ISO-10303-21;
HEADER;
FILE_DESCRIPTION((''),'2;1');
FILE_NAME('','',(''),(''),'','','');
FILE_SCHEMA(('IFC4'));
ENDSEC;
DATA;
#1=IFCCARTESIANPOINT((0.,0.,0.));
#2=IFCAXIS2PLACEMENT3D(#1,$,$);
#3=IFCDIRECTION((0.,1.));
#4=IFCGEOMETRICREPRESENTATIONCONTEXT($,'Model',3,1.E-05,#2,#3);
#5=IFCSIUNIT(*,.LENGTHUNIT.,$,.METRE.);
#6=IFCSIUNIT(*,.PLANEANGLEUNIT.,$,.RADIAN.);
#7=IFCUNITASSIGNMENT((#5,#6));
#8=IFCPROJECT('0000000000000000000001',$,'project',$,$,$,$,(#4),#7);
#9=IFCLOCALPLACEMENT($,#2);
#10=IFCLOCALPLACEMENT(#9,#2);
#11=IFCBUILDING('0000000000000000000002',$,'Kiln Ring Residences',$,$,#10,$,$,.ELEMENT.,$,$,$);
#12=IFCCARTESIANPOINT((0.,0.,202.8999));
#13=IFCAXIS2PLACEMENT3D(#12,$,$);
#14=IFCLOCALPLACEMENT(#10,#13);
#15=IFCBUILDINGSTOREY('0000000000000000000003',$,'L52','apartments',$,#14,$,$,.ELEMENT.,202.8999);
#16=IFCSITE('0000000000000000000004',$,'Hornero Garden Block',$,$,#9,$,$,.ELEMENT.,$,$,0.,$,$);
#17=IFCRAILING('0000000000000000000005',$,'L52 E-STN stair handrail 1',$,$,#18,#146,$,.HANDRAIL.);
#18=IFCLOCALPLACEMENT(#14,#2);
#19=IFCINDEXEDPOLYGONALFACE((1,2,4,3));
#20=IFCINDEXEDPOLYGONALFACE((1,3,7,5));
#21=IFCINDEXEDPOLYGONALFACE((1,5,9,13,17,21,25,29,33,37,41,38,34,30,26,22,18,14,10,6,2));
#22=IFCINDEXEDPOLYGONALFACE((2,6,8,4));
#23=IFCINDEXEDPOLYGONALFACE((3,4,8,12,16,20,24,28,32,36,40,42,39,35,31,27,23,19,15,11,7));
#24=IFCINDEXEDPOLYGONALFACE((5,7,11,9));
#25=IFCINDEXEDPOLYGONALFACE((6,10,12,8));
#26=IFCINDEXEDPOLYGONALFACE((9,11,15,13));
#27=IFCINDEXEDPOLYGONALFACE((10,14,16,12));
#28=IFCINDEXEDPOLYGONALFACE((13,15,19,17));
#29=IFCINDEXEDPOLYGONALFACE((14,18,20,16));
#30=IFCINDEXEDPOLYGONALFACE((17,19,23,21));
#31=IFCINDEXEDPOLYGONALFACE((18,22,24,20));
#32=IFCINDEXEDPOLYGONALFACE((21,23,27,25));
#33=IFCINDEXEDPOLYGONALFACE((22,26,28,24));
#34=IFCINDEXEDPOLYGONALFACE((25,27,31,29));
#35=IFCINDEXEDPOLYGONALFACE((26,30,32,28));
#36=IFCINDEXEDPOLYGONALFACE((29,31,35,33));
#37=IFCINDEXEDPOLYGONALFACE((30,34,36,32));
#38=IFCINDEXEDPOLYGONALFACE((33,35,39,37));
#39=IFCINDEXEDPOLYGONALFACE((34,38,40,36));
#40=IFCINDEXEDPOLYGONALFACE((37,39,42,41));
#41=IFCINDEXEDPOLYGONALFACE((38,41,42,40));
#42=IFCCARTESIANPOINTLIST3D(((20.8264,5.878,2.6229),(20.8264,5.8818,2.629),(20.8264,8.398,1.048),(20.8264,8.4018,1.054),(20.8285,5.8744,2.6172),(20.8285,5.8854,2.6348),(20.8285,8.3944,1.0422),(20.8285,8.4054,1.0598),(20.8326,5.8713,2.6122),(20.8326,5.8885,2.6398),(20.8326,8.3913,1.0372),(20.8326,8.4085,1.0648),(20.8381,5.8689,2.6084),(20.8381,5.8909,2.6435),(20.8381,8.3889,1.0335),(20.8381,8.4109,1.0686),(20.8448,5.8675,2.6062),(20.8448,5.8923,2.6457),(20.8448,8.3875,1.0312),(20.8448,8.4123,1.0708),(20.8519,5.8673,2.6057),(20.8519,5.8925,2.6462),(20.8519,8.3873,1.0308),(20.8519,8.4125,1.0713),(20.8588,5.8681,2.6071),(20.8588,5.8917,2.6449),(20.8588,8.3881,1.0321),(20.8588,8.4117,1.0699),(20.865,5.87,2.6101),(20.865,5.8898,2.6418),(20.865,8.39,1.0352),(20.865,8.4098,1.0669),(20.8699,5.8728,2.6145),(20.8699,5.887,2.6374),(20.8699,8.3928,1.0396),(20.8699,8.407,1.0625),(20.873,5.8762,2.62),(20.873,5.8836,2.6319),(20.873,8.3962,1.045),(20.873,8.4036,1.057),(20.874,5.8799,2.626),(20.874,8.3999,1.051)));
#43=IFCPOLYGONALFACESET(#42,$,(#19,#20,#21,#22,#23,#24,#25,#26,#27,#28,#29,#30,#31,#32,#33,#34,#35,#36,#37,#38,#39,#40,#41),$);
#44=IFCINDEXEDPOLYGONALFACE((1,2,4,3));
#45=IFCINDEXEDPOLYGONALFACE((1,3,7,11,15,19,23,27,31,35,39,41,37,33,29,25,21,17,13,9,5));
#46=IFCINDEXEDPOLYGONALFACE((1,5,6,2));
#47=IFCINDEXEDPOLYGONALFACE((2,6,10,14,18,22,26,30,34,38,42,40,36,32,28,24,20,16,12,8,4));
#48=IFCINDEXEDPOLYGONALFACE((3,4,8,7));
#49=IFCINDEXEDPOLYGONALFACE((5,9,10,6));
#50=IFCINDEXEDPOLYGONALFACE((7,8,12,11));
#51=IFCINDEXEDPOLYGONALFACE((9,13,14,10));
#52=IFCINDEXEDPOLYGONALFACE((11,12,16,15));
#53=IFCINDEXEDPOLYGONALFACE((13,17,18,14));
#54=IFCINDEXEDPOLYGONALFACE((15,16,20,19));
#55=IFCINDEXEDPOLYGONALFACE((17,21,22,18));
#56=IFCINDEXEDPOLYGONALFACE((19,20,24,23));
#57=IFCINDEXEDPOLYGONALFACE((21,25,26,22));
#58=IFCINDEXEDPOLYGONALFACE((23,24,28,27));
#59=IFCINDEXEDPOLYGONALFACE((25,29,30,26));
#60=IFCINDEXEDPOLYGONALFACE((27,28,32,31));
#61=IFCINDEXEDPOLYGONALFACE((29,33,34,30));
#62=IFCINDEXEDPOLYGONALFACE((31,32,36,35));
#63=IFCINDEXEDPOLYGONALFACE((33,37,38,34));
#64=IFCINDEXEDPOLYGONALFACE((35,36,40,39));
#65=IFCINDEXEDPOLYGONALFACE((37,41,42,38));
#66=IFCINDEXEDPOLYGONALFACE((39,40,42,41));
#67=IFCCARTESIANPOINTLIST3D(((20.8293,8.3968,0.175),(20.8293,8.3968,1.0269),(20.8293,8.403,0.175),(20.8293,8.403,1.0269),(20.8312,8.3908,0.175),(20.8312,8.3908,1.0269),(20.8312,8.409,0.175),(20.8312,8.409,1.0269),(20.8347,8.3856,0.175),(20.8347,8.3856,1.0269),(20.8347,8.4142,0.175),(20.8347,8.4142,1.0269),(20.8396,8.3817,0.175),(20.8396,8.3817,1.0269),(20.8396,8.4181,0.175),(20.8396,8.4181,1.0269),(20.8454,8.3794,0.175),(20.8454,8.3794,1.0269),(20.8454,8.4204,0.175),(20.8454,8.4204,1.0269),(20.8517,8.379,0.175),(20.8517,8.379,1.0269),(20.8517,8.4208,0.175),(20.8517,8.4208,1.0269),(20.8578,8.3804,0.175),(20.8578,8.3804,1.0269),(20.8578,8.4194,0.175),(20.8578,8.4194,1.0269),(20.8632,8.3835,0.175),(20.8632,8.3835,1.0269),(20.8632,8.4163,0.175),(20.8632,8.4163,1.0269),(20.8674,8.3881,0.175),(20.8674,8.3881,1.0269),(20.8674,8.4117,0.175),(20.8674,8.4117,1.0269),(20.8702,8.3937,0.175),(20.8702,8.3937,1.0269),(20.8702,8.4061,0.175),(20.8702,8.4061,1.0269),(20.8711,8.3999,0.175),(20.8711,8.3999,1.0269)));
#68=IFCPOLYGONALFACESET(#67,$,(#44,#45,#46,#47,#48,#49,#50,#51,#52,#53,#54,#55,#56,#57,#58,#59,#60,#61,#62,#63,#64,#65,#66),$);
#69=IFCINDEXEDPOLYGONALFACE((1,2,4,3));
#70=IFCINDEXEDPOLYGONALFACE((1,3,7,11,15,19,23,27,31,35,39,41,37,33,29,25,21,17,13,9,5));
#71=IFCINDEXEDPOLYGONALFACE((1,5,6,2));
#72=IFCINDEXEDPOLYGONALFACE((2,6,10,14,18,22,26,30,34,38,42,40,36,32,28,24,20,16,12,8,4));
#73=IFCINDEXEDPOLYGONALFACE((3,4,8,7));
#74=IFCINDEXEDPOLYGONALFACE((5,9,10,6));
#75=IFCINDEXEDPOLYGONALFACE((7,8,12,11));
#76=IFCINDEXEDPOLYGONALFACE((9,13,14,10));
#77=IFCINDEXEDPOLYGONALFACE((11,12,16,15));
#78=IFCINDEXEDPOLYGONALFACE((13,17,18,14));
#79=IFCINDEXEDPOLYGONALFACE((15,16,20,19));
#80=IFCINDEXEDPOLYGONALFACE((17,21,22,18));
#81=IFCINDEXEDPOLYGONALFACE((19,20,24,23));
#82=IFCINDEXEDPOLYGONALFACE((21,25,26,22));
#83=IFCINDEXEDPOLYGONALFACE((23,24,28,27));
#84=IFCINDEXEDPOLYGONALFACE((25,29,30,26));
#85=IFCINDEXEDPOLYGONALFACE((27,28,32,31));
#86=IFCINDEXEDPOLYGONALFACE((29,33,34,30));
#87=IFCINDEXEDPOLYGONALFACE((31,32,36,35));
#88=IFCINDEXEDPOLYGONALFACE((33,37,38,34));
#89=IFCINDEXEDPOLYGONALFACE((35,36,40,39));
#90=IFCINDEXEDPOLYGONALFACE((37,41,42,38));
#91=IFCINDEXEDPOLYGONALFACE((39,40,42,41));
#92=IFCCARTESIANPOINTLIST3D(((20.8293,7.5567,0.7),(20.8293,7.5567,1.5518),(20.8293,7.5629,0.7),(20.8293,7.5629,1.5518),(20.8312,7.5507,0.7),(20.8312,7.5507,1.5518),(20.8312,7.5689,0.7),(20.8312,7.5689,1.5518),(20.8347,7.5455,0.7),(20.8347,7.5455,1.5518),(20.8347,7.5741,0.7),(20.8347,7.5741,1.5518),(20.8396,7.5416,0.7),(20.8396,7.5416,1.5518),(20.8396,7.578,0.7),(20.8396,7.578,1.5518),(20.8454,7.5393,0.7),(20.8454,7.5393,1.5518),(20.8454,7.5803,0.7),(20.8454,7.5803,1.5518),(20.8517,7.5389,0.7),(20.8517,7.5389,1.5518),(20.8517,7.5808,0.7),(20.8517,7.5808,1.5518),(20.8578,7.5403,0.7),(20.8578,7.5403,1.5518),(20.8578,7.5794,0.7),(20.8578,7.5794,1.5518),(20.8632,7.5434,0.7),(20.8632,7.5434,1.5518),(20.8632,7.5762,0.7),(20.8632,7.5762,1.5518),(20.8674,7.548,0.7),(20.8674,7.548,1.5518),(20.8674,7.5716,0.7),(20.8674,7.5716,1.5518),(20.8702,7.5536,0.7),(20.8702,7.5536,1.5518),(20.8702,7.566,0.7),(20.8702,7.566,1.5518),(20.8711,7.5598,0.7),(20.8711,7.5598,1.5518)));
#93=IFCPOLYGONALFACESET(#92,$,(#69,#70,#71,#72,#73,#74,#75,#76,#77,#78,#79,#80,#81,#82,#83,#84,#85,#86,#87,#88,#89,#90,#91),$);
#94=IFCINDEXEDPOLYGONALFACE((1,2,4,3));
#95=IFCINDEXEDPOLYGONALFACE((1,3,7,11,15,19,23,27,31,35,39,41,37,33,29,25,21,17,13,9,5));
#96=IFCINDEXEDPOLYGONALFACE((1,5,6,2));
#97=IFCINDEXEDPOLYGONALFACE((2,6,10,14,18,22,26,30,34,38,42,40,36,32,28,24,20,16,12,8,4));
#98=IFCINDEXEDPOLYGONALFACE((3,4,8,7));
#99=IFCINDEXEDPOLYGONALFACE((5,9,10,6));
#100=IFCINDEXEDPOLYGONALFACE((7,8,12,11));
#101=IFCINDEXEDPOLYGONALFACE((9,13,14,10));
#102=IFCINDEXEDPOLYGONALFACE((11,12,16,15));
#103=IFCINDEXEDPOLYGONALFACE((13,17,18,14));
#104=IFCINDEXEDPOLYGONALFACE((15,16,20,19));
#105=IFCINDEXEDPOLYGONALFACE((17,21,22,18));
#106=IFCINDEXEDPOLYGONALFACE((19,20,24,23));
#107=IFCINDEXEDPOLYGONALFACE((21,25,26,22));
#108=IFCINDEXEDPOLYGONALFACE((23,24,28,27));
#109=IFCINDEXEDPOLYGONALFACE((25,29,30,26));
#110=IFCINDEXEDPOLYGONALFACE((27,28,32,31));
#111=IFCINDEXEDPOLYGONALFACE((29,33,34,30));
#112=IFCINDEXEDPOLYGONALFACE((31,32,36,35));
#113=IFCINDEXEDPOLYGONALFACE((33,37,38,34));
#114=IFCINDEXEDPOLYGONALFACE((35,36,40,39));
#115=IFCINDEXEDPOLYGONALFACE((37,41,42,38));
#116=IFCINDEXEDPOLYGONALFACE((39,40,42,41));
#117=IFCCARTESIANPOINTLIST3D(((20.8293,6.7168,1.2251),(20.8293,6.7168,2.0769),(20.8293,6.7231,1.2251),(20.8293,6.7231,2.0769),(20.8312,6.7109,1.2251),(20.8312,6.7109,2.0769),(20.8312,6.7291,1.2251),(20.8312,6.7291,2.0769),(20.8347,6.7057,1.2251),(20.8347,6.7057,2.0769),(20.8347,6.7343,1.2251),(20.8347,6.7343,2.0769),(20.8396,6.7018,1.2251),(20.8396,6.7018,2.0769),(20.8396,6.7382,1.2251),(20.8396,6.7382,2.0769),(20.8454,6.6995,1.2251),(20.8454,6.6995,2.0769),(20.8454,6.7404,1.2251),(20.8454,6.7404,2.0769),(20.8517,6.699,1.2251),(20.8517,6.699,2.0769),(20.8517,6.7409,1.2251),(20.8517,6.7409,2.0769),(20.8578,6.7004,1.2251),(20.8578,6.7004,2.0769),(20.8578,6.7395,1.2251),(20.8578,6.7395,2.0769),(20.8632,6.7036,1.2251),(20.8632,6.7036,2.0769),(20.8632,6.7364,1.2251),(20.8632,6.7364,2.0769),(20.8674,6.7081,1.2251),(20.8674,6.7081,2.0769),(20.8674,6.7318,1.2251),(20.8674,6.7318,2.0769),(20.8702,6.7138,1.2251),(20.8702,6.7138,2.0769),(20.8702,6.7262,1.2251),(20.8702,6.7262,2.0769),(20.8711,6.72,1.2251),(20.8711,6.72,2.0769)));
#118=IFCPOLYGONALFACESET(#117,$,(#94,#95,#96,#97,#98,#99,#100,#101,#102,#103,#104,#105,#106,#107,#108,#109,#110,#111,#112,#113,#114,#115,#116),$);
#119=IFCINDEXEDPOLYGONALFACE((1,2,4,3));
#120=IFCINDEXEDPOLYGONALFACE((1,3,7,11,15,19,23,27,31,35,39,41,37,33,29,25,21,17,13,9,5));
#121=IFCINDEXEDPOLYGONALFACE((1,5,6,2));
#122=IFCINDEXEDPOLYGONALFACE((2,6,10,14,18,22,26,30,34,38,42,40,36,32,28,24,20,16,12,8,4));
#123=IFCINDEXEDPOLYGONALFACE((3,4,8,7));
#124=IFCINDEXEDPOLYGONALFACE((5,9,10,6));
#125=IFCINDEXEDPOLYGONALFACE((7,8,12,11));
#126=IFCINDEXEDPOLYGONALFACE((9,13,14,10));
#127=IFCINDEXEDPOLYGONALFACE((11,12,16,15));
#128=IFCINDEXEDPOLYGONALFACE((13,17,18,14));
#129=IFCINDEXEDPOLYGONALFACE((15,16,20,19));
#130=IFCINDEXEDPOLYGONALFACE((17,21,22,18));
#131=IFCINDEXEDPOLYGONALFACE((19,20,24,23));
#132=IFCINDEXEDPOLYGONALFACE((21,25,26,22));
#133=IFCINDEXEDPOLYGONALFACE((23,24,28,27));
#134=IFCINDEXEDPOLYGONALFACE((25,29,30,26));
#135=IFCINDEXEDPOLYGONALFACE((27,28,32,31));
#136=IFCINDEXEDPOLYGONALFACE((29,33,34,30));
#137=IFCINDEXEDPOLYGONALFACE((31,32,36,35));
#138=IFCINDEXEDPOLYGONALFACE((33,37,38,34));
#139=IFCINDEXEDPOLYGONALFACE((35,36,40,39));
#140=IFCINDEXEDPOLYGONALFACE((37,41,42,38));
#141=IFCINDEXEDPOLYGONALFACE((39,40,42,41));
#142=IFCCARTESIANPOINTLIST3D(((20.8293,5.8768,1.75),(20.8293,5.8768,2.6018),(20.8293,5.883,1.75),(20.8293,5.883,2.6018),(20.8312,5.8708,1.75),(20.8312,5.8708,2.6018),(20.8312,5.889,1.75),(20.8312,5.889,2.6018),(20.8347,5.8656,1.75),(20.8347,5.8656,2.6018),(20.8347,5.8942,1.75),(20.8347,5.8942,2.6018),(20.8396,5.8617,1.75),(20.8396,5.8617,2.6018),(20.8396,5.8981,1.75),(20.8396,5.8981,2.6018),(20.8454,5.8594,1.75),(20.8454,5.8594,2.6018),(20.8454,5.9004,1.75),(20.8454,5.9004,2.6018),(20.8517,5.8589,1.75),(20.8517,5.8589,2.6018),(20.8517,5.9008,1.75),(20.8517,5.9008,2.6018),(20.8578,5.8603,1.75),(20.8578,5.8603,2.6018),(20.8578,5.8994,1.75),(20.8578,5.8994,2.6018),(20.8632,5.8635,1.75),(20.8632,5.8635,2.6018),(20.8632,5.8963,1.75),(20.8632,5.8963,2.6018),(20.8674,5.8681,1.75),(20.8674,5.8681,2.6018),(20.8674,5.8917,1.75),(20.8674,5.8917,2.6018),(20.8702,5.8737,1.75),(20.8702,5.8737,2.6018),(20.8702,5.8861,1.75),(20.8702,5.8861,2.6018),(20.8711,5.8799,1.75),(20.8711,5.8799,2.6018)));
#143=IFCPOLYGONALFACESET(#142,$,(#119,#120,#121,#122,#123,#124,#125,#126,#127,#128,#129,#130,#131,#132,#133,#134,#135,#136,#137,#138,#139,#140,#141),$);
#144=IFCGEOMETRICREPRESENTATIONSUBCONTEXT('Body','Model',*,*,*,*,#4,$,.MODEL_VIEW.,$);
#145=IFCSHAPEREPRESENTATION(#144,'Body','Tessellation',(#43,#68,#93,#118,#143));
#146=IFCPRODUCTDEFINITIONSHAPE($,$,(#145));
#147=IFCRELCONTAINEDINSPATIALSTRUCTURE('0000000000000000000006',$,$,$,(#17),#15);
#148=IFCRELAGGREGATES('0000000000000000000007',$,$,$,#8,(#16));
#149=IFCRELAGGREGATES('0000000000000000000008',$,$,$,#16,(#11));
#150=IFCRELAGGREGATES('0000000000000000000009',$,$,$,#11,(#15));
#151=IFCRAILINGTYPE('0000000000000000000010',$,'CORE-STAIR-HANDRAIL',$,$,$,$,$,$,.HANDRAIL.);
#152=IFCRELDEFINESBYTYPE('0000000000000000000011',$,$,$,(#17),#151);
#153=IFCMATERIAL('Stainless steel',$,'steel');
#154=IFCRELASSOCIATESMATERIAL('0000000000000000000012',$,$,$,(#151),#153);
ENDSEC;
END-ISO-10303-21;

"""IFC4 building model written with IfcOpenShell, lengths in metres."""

from ifc_helpers import new_model, si_unit, direction, frame, origin, origin_2d, place, context, subcontext, project, spatial, circle, extrude, material, type_object, element, save


model = new_model("IFC4")

# Units and contexts
model_context = context("Model", 3, precision=1e-05, world=origin(), true_north=direction((0.0, 1.0)))
body_context = subcontext(model_context, "Body", "Model", "MODEL_VIEW")
ifc_project = project(units=[si_unit("LENGTHUNIT", "METRE"), si_unit("PLANEANGLEUNIT", "RADIAN")], contexts=[model_context])

# Site, building, storey
site_placement = place(None, origin())
site = spatial("IfcSite", under=ifc_project, at=site_placement, Name="Hornero Garden Block", CompositionType="ELEMENT", RefElevation=0.0)
building_placement = place(site_placement, origin())
building = spatial("IfcBuilding", under=site, at=building_placement, Name="Kiln Ring Residences", CompositionType="ELEMENT")
storey_placement = place(building_placement, frame((0.0, 0.0, 202.8999)))
storey = spatial("IfcBuildingStorey", under=building, at=storey_placement, Name="L52", Description="apartments", CompositionType="ELEMENT", Elevation=202.8999)

# Railing
ifc_material_1 = material(Name="Stainless steel", Category="steel")
railing_type_1 = type_object("IfcRailingType", Name="CORE-STAIR-HANDRAIL", PredefinedType="HANDRAIL", material=ifc_material_1)
railing_1_placement = place(storey_placement, frame((20.8501, 8.3999, 0.175)))
element("IfcRailing", 1, at=railing_1_placement, inside=storey, type_object=railing_type_1, Name="L52 E-STN stair handrail 1", PredefinedType="HANDRAIL", context=body_context, shape_type="SweptSolid", body=[
    extrude(circle(Radius=0.0239, at=origin_2d()), frame((0.0, 0.0, 0.876), z_axis=(0.0, -0.848008, 0.529984), x_axis=(1.0, 0.0, 0.0)), (0.0, 0.0, 1.0), 2.9717),
    extrude(circle(Radius=0.021, at=origin_2d()), origin(), (0.0, 0.0, 1.0), 0.8518),
    extrude(circle(Radius=0.021, at=origin_2d()), frame((0.0, -0.8401, 0.5249)), (0.0, 0.0, 1.0), 0.8518),
    extrude(circle(Radius=0.021, at=origin_2d()), frame((0.0, -1.6799, 1.05)), (0.0, 0.0, 1.0), 0.8518),
    extrude(circle(Radius=0.021, at=origin_2d()), frame((0.0, -2.52, 1.575)), (0.0, 0.0, 1.0), 0.8518),
])

save(model, "model.ifc")
